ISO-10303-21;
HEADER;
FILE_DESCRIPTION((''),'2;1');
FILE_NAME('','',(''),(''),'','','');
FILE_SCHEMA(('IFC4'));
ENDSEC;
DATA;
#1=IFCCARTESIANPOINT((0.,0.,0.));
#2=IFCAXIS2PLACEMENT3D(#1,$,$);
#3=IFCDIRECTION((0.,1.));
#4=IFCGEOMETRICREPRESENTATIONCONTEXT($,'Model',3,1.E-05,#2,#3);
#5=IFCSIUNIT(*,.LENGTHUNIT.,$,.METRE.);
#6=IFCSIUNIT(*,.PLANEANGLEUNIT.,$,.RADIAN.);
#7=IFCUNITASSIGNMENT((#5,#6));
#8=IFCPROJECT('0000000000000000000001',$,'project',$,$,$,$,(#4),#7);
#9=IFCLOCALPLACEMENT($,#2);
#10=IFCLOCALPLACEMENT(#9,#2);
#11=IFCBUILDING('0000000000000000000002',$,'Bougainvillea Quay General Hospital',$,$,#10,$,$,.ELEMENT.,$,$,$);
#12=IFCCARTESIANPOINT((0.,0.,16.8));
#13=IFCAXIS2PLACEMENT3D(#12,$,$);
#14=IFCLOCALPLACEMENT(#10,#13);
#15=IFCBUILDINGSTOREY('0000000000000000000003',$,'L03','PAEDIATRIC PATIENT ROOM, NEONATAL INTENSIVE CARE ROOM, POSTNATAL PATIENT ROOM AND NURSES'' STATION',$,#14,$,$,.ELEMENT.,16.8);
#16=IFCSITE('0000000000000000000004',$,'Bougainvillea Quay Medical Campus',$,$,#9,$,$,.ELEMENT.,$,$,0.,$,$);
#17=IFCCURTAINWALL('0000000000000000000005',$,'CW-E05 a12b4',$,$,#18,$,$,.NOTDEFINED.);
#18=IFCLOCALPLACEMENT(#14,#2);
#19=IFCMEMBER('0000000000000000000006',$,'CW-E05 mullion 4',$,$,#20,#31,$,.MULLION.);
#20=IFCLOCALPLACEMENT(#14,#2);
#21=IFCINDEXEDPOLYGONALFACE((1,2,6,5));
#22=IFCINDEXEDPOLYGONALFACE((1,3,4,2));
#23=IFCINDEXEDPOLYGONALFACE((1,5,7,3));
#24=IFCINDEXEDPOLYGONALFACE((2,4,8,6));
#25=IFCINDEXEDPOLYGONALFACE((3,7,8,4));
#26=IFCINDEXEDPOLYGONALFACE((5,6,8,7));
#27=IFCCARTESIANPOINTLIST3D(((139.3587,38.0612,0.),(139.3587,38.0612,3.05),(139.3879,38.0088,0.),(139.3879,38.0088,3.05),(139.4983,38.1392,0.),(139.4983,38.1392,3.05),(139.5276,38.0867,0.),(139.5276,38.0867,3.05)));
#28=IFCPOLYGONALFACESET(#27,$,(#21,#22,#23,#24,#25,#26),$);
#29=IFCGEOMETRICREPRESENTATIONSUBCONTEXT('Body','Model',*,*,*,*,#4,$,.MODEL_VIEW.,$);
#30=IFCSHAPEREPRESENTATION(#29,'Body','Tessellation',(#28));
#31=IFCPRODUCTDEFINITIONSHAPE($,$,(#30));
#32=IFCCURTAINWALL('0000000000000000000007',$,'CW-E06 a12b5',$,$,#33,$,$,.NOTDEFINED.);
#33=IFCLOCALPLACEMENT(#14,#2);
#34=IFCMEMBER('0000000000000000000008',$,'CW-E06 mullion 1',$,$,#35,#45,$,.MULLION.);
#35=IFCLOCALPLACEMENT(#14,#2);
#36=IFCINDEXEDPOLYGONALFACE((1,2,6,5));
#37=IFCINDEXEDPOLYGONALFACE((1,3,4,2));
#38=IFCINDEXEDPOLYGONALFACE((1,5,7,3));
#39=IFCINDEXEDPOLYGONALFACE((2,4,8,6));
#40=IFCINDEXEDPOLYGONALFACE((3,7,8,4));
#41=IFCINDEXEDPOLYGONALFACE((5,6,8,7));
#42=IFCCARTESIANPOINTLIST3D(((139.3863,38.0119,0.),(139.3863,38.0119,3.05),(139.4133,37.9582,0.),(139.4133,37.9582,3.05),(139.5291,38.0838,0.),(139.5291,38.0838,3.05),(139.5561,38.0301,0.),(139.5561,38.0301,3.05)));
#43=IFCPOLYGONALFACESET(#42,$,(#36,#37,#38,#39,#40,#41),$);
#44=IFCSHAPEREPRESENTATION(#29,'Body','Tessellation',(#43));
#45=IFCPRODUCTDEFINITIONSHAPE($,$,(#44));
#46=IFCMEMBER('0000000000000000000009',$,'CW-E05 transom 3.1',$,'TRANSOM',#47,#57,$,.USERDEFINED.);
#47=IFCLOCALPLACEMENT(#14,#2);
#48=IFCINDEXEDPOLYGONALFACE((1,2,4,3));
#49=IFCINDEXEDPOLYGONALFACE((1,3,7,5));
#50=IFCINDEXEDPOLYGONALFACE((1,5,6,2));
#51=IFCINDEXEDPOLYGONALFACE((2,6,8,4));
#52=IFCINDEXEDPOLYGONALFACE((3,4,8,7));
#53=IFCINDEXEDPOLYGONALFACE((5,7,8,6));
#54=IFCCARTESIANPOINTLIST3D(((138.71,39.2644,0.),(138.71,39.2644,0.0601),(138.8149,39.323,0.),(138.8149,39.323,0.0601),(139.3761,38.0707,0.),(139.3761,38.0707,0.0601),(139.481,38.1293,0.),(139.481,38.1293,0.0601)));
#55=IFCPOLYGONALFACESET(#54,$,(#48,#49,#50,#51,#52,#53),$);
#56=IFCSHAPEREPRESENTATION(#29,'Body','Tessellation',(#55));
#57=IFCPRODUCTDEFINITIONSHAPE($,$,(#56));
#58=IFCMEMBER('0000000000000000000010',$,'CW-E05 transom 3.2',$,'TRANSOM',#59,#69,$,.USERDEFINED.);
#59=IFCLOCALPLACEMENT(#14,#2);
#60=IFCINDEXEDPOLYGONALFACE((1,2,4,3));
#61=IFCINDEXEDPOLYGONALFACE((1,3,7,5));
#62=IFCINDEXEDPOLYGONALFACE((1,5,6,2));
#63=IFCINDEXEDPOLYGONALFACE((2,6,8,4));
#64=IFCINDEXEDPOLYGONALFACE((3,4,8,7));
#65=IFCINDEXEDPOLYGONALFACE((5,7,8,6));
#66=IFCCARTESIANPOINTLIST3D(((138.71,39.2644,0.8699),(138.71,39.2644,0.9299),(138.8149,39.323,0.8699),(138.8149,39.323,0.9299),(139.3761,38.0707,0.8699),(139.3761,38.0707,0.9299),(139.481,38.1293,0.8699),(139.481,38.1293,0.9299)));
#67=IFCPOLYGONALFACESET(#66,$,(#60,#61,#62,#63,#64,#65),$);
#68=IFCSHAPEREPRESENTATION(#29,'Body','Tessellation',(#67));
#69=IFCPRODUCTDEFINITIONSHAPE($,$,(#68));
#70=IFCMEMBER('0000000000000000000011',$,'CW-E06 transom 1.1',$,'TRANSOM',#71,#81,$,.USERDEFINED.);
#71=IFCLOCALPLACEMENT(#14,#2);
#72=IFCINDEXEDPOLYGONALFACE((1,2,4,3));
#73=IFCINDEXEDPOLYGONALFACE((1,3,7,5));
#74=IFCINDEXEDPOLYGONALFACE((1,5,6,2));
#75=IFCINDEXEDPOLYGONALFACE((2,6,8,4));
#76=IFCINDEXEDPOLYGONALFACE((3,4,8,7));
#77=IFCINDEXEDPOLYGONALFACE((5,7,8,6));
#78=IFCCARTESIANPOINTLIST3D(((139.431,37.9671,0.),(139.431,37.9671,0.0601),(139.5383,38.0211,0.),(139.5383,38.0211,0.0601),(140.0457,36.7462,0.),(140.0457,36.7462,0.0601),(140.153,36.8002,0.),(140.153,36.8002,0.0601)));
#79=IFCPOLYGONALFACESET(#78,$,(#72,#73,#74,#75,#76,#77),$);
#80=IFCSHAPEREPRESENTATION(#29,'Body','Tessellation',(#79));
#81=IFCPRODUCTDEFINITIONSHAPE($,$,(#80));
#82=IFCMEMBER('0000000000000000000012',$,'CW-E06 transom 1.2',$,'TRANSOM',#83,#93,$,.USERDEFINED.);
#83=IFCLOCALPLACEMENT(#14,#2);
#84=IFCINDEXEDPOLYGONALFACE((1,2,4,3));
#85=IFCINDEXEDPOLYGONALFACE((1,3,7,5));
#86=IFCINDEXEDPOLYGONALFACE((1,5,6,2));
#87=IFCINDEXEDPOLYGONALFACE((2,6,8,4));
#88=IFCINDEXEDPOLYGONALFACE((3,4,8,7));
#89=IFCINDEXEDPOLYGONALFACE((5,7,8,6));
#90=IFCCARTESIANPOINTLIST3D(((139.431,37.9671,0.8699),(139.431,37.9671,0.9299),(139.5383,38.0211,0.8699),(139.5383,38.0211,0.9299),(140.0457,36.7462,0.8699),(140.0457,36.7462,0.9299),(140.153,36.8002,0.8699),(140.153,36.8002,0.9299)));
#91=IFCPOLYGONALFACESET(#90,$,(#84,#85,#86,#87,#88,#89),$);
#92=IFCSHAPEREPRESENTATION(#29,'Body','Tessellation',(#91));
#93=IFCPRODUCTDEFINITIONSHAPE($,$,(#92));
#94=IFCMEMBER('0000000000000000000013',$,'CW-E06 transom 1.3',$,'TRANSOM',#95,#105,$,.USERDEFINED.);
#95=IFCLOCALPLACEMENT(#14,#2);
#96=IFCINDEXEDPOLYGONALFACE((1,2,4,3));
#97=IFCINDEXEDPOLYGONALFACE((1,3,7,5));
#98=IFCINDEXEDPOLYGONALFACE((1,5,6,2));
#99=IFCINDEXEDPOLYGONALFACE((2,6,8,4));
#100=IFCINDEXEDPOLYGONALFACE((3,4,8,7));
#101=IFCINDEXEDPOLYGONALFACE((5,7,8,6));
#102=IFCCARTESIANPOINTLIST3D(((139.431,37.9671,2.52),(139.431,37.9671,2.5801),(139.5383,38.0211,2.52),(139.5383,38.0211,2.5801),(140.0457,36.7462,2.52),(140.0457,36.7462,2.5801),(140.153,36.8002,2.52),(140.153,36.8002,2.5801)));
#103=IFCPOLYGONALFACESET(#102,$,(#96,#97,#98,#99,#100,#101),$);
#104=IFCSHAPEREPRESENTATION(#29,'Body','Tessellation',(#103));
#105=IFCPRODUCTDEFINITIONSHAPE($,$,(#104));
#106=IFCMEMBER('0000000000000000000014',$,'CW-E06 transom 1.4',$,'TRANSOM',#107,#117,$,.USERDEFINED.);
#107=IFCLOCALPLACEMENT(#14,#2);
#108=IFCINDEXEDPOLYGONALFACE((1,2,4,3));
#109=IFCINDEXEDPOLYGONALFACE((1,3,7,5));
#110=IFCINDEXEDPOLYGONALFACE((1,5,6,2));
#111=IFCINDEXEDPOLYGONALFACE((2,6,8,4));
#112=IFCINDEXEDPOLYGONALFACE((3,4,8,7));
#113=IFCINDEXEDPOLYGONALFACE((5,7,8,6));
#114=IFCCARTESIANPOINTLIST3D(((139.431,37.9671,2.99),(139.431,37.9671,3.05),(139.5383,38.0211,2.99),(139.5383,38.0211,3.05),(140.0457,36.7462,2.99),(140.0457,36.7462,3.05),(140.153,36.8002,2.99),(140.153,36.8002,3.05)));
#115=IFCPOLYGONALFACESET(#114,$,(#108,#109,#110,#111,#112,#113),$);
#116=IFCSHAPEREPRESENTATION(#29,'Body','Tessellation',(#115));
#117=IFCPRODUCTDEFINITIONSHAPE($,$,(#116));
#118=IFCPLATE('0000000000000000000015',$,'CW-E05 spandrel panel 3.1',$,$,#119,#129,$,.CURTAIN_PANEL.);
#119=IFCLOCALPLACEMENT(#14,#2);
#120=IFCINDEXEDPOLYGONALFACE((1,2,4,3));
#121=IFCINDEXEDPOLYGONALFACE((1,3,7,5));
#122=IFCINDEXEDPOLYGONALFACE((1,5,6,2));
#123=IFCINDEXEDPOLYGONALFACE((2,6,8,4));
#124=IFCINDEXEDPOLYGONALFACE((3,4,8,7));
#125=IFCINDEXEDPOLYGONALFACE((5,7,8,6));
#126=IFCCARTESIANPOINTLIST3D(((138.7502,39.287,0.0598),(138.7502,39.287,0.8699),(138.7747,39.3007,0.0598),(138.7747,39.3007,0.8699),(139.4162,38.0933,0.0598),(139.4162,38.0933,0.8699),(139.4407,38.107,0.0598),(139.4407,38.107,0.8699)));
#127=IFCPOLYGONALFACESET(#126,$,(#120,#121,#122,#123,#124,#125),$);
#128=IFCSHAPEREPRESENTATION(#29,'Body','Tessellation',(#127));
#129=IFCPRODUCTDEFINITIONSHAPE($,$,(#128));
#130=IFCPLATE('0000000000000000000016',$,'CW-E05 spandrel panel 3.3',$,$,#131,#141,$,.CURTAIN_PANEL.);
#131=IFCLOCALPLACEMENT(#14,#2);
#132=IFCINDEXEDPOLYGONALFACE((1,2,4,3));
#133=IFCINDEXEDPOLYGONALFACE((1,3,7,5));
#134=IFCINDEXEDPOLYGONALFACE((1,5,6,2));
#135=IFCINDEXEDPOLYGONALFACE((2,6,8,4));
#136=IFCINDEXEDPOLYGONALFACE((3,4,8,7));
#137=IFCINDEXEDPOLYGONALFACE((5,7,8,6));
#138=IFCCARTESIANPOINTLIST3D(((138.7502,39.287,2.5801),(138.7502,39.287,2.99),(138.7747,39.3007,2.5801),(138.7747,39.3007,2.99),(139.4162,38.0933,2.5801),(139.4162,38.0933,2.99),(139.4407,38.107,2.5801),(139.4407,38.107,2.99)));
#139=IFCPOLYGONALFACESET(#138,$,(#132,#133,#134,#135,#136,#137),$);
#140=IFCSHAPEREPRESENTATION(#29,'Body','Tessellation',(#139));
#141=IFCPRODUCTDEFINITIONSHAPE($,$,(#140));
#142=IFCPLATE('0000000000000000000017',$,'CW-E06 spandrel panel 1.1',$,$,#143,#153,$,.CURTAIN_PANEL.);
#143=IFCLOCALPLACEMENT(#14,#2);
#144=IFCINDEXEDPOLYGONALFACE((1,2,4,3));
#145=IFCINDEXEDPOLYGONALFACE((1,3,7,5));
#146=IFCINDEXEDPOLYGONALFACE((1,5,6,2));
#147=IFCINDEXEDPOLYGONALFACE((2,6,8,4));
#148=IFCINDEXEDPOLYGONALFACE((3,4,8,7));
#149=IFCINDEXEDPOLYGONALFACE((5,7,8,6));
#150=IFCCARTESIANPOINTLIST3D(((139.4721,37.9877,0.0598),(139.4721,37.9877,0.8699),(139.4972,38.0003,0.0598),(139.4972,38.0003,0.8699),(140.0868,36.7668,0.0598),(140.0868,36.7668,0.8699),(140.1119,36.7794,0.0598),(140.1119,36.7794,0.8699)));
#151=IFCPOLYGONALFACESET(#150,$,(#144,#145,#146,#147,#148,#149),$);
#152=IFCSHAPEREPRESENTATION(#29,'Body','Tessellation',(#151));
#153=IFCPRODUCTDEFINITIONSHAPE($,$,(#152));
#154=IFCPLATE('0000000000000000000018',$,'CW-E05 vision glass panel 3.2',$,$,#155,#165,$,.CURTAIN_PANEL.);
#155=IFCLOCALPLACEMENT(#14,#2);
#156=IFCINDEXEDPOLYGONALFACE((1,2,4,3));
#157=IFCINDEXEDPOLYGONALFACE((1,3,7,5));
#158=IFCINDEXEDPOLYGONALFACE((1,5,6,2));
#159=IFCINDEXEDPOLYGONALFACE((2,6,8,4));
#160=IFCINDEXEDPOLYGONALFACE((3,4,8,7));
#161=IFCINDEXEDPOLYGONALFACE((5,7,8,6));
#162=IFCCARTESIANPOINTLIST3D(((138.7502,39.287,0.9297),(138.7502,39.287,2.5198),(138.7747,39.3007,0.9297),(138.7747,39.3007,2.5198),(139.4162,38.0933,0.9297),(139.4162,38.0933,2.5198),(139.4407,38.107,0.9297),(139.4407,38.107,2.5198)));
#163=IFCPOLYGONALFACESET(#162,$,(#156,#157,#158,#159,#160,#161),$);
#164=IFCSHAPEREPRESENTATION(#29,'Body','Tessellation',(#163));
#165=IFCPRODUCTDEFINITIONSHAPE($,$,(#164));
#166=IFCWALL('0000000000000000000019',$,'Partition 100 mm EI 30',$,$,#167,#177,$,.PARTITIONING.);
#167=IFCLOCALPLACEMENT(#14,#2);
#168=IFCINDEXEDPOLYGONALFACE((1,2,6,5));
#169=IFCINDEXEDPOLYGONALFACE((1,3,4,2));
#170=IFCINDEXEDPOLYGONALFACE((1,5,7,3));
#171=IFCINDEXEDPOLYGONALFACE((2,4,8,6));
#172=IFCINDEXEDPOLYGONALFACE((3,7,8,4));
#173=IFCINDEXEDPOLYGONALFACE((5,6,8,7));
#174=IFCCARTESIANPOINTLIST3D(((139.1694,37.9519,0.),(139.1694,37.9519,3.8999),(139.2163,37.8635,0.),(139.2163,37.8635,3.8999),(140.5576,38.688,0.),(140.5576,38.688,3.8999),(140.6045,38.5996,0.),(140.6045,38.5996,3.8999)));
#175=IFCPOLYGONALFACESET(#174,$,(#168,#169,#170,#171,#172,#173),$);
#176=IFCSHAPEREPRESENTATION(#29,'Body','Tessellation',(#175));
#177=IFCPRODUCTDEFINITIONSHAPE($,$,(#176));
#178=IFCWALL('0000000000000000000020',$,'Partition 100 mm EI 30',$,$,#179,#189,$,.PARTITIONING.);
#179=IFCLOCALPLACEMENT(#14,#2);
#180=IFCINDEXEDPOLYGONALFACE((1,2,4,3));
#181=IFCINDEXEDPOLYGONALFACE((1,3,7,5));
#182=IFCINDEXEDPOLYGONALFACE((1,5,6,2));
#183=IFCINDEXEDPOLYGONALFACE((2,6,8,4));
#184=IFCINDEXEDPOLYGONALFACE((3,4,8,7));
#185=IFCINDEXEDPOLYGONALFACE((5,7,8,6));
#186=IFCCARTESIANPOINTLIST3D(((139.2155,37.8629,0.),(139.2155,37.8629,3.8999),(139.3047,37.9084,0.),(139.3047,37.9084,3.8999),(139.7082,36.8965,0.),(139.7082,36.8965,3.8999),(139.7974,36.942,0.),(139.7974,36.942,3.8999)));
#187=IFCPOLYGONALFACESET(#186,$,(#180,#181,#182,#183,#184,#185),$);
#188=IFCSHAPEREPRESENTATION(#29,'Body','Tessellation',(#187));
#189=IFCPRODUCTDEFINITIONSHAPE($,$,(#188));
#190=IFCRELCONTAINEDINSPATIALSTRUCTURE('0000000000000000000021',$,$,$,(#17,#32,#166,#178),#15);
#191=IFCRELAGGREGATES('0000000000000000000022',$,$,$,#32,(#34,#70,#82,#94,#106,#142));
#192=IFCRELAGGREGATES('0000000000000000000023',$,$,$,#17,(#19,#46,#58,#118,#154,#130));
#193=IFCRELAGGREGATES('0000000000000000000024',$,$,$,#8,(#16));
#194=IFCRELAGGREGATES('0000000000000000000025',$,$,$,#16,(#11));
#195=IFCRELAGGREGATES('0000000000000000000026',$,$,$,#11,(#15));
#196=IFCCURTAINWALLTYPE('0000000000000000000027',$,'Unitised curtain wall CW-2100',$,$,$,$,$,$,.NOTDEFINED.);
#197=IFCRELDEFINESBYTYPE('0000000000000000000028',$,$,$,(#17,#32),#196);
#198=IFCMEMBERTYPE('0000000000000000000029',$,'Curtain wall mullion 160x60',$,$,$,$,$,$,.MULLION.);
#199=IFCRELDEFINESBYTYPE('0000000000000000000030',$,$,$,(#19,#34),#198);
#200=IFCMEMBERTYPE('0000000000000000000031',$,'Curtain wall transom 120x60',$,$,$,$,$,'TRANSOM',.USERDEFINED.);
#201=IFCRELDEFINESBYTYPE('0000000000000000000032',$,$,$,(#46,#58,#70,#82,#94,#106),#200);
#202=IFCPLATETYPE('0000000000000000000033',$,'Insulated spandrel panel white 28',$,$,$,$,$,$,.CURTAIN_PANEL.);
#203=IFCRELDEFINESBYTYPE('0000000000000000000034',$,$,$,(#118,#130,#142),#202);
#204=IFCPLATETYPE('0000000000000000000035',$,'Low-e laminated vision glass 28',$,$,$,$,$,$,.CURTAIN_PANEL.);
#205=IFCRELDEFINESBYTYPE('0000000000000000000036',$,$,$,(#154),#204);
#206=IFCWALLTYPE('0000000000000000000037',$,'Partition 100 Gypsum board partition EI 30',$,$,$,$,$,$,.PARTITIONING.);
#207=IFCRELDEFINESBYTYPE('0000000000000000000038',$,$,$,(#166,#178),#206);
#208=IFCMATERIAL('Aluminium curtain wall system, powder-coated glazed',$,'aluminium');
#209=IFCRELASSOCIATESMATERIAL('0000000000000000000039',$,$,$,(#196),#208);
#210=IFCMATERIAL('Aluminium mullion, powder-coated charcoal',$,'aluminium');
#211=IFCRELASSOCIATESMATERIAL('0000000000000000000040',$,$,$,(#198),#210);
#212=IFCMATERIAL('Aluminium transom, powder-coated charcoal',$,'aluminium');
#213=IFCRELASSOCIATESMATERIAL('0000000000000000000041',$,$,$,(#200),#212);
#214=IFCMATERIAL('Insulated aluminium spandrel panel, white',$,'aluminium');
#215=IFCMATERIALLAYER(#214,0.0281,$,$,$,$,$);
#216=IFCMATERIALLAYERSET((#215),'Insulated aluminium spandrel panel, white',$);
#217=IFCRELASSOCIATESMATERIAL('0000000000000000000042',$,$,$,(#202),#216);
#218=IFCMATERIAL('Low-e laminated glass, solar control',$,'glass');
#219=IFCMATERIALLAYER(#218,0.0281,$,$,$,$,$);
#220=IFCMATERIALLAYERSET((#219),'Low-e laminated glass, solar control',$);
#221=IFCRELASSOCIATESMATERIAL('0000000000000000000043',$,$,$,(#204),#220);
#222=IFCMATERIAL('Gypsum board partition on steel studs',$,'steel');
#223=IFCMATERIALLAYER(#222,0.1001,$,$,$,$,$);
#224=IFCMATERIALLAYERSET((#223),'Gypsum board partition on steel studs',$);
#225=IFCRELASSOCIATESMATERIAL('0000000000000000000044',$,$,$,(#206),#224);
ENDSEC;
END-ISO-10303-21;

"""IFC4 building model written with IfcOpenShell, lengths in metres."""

from ifc_helpers import new_model, si_unit, direction, frame, frame_2d, origin, origin_2d, place, context, subcontext, project, spatial, rectangle, extrude, material, layer, layer_set, material_profile, profile_set, type_object, element, aggregate, save


model = new_model("IFC4")

# Units and contexts
model_context = context("Model", 3, precision=1e-05, world=origin(), true_north=direction((0.0, 1.0)))
body_context = subcontext(model_context, "Body", "Model", "MODEL_VIEW")
ifc_project = project(units=[si_unit("LENGTHUNIT", "METRE"), si_unit("PLANEANGLEUNIT", "RADIAN")], contexts=[model_context])

# Site, building, storey
site_placement = place(None, origin())
site = spatial("IfcSite", under=ifc_project, at=site_placement, Name="Bougainvillea Quay Medical Campus", CompositionType="ELEMENT", RefElevation=0.0)
building_placement = place(site_placement, origin())
building = spatial("IfcBuilding", under=site, at=building_placement, Name="Bougainvillea Quay General Hospital", CompositionType="ELEMENT")
storey_placement = place(building_placement, frame((0.0, 0.0, 16.8)))
storey = spatial("IfcBuildingStorey", under=building, at=storey_placement, Name="L03", Description="PAEDIATRIC PATIENT ROOM, NEONATAL INTENSIVE CARE ROOM, POSTNATAL PATIENT ROOM AND NURSES' STATION", CompositionType="ELEMENT", Elevation=16.8)

# Curtain walls, members
ifc_material_1 = material(Name="Aluminium curtain wall system, powder-coated glazed", Category="aluminium")
curtain_wall_type = type_object("IfcCurtainWallType", Name="Unitised curtain wall CW-2100", PredefinedType="NOTDEFINED", material=ifc_material_1)
curtain_wall_1_placement = place(storey_placement, origin())
curtain_wall_1 = element("IfcCurtainWall", 1, at=curtain_wall_1_placement, inside=storey, type_object=curtain_wall_type, Name="CW-E05 a12b4", PredefinedType="NOTDEFINED")
ifc_material_2 = material(Name="Aluminium mullion, powder-coated charcoal", Category="aluminium")
ifc_material_profile_1 = material_profile(ifc_material_2, rectangle(XDim=0.1599, YDim=0.0601, at=origin_2d()))
ifc_profile_set_1 = profile_set([ifc_material_profile_1], Name="Aluminium mullion, powder-coated charcoal")
member_type_1 = type_object("IfcMemberType", Name="Curtain wall mullion 160x60", PredefinedType="MULLION", material=ifc_profile_set_1)
member_1_placement = place(storey_placement, frame((139.4431, 38.074, 0.0), z_axis=(0.0, 0.0, 1.0), x_axis=(0.873274, 0.48723, 0.0)))
member_1 = element("IfcMember", 2, at=member_1_placement, type_object=member_type_1, Name="CW-E05 mullion 4", PredefinedType="MULLION", context=body_context, shape_type="SweptSolid", body=[
    extrude(rectangle(XDim=0.1599, YDim=0.0601, at=origin_2d()), origin(), (0.0, 0.0, 1.0), 3.05),
])
curtain_wall_2_placement = place(storey_placement, origin())
curtain_wall_2 = element("IfcCurtainWall", 3, at=curtain_wall_2_placement, inside=storey, type_object=curtain_wall_type, Name="CW-E06 a12b5", PredefinedType="NOTDEFINED")
member_2_placement = place(storey_placement, frame((139.4712, 38.021, 0.0), z_axis=(0.0, 0.0, 1.0), x_axis=(0.893204, 0.449652, 0.0)))
member_2 = element("IfcMember", 4, at=member_2_placement, type_object=member_type_1, Name="CW-E06 mullion 1", PredefinedType="MULLION", context=body_context, shape_type="SweptSolid", body=[
    extrude(rectangle(XDim=0.1599, YDim=0.0601, at=origin_2d()), origin(), (0.0, 0.0, 1.0), 3.05),
])

# Members
ifc_material_3 = material(Name="Aluminium transom, powder-coated charcoal", Category="aluminium")
ifc_material_profile_2 = material_profile(ifc_material_3, rectangle(XDim=0.1201, YDim=0.0601, at=origin_2d()))
ifc_profile_set_2 = profile_set([ifc_material_profile_2], Name="Aluminium transom, powder-coated charcoal")
member_type_2 = type_object("IfcMemberType", Name="Curtain wall transom 120x60", ElementType="TRANSOM", PredefinedType="USERDEFINED", material=ifc_profile_set_2)
member_3_placement = place(storey_placement, frame((138.7625, 39.2937, 0.03), z_axis=(0.487265, -0.873254, 0.0), x_axis=(0.873254, 0.487265, 0.0)))
member_3 = element("IfcMember", 5, at=member_3_placement, type_object=member_type_2, Name="CW-E05 transom 3.1", ObjectType="TRANSOM", PredefinedType="USERDEFINED", context=body_context, shape_type="SweptSolid", body=[
    extrude(rectangle(XDim=0.1201, YDim=0.0601, at=origin_2d()), origin(), (0.0, 0.0, 1.0), 1.3669),
])
member_4_placement = place(storey_placement, frame((138.7625, 39.2937, 0.8999), z_axis=(0.487265, -0.873254, 0.0), x_axis=(0.873254, 0.487265, 0.0)))
member_4 = element("IfcMember", 6, at=member_4_placement, type_object=member_type_2, Name="CW-E05 transom 3.2", ObjectType="TRANSOM", PredefinedType="USERDEFINED", context=body_context, shape_type="SweptSolid", body=[
    extrude(rectangle(XDim=0.1201, YDim=0.0601, at=origin_2d()), origin(), (0.0, 0.0, 1.0), 1.3669),
])
member_5_placement = place(storey_placement, frame((139.4846, 37.9941, 0.03), z_axis=(0.449712, -0.893174, 0.0), x_axis=(0.893174, 0.449712, 0.0)))
member_5 = element("IfcMember", 7, at=member_5_placement, type_object=member_type_2, Name="CW-E06 transom 1.1", ObjectType="TRANSOM", PredefinedType="USERDEFINED", context=body_context, shape_type="SweptSolid", body=[
    extrude(rectangle(XDim=0.1201, YDim=0.0601, at=origin_2d()), origin(), (0.0, 0.0, 1.0), 1.3669),
])
member_6_placement = place(storey_placement, frame((139.4846, 37.9941, 0.8999), z_axis=(0.449712, -0.893174, 0.0), x_axis=(0.893174, 0.449712, 0.0)))
member_6 = element("IfcMember", 8, at=member_6_placement, type_object=member_type_2, Name="CW-E06 transom 1.2", ObjectType="TRANSOM", PredefinedType="USERDEFINED", context=body_context, shape_type="SweptSolid", body=[
    extrude(rectangle(XDim=0.1201, YDim=0.0601, at=origin_2d()), origin(), (0.0, 0.0, 1.0), 1.3669),
])
member_7_placement = place(storey_placement, frame((139.4846, 37.9941, 2.55), z_axis=(0.449712, -0.893174, 0.0), x_axis=(0.893174, 0.449712, 0.0)))
member_7 = element("IfcMember", 9, at=member_7_placement, type_object=member_type_2, Name="CW-E06 transom 1.3", ObjectType="TRANSOM", PredefinedType="USERDEFINED", context=body_context, shape_type="SweptSolid", body=[
    extrude(rectangle(XDim=0.1201, YDim=0.0601, at=origin_2d()), origin(), (0.0, 0.0, 1.0), 1.3669),
])
member_8_placement = place(storey_placement, frame((139.4846, 37.9941, 3.02), z_axis=(0.449712, -0.893174, 0.0), x_axis=(0.893174, 0.449712, 0.0)))
member_8 = element("IfcMember", 10, at=member_8_placement, type_object=member_type_2, Name="CW-E06 transom 1.4", ObjectType="TRANSOM", PredefinedType="USERDEFINED", context=body_context, shape_type="SweptSolid", body=[
    extrude(rectangle(XDim=0.1201, YDim=0.0601, at=origin_2d()), origin(), (0.0, 0.0, 1.0), 1.3669),
])

# Plates
ifc_material_4 = material(Name="Insulated aluminium spandrel panel, white", Category="aluminium")
ifc_layer_1 = layer(ifc_material_4, 0.0281)
ifc_layer_set_1 = layer_set([ifc_layer_1], Name="Insulated aluminium spandrel panel, white")
plate_type_1 = type_object("IfcPlateType", Name="Insulated spandrel panel white 28", PredefinedType="CURTAIN_PANEL", material=ifc_layer_set_1)
plate_1_placement = place(storey_placement, frame((139.0955, 38.697, 0.0598), z_axis=(0.0, 0.0, 1.0), x_axis=(0.48723, -0.873274, 0.0)))
plate_1 = element("IfcPlate", 11, at=plate_1_placement, type_object=plate_type_1, Name="CW-E05 spandrel panel 3.1", PredefinedType="CURTAIN_PANEL", context=body_context, shape_type="SweptSolid", body=[
    extrude(rectangle(XDim=1.3669, YDim=0.0281, at=origin_2d()), origin(), (0.0, 0.0, 1.0), 0.8101),
])
plate_2_placement = place(storey_placement, frame((139.0955, 38.697, 2.5801), z_axis=(0.0, 0.0, 1.0), x_axis=(0.48723, -0.873274, 0.0)))
plate_2 = element("IfcPlate", 12, at=plate_2_placement, type_object=plate_type_1, Name="CW-E05 spandrel panel 3.3", PredefinedType="CURTAIN_PANEL", context=body_context, shape_type="SweptSolid", body=[
    extrude(rectangle(XDim=1.3669, YDim=0.0281, at=origin_2d()), origin(), (0.0, 0.0, 1.0), 0.4099),
])
plate_3_placement = place(storey_placement, frame((139.792, 37.3835, 0.0598), z_axis=(0.0, 0.0, 1.0), x_axis=(0.449652, -0.893204, 0.0)))
plate_3 = element("IfcPlate", 13, at=plate_3_placement, type_object=plate_type_1, Name="CW-E06 spandrel panel 1.1", PredefinedType="CURTAIN_PANEL", context=body_context, shape_type="SweptSolid", body=[
    extrude(rectangle(XDim=1.3669, YDim=0.0281, at=origin_2d()), origin(), (0.0, 0.0, 1.0), 0.8101),
])
aggregate(curtain_wall_2, [member_2, member_5, member_6, member_7, member_8, plate_3])
ifc_material_5 = material(Name="Low-e laminated glass, solar control", Category="glass")
ifc_layer_2 = layer(ifc_material_5, 0.0281)
ifc_layer_set_2 = layer_set([ifc_layer_2], Name="Low-e laminated glass, solar control")
plate_type_2 = type_object("IfcPlateType", Name="Low-e laminated vision glass 28", PredefinedType="CURTAIN_PANEL", material=ifc_layer_set_2)
plate_4_placement = place(storey_placement, frame((139.0955, 38.697, 0.9297), z_axis=(0.0, 0.0, 1.0), x_axis=(0.48723, -0.873274, 0.0)))
plate_4 = element("IfcPlate", 14, at=plate_4_placement, type_object=plate_type_2, Name="CW-E05 vision glass panel 3.2", PredefinedType="CURTAIN_PANEL", context=body_context, shape_type="SweptSolid", body=[
    extrude(rectangle(XDim=1.3669, YDim=0.0281, at=origin_2d()), origin(), (0.0, 0.0, 1.0), 1.5901),
])
aggregate(curtain_wall_1, [member_1, member_3, member_4, plate_1, plate_4, plate_2])

# Walls
ifc_material_6 = material(Name="Gypsum board partition on steel studs", Category="steel")
ifc_layer_3 = layer(ifc_material_6, 0.1001)
ifc_layer_set_3 = layer_set([ifc_layer_3], Name="Gypsum board partition on steel studs")
wall_type = type_object("IfcWallType", Name="Partition 100 Gypsum board partition EI 30", PredefinedType="PARTITIONING", material=ifc_layer_set_3)
wall_1_placement = place(storey_placement, frame((139.1929, 37.9077, 0.0), z_axis=(0.0, 0.0, 1.0), x_axis=(0.883482, 0.468466, 0.0)))
element("IfcWall", 15, at=wall_1_placement, inside=storey, type_object=wall_type, Name="Partition 100 mm EI 30", PredefinedType="PARTITIONING", context=body_context, shape_type="SweptSolid", body=[
    extrude(rectangle(XDim=1.5713, YDim=0.1001, at=frame_2d((0.7856, 0.0))), origin(), (0.0, 0.0, 1.0), 3.8999),
])
wall_2_placement = place(storey_placement, frame((139.26, 37.8857, 0.0), z_axis=(0.0, 0.0, 1.0), x_axis=(0.454222, -0.890888, 0.0)))
element("IfcWall", 16, at=wall_2_placement, inside=storey, type_object=wall_type, Name="Partition 100 mm EI 30", PredefinedType="PARTITIONING", context=body_context, shape_type="SweptSolid", body=[
    extrude(rectangle(XDim=1.0847, YDim=0.1001, at=frame_2d((0.5425, 0.0))), origin(), (0.0, 0.0, 1.0), 3.8999),
])

save(model, "model.ifc")
